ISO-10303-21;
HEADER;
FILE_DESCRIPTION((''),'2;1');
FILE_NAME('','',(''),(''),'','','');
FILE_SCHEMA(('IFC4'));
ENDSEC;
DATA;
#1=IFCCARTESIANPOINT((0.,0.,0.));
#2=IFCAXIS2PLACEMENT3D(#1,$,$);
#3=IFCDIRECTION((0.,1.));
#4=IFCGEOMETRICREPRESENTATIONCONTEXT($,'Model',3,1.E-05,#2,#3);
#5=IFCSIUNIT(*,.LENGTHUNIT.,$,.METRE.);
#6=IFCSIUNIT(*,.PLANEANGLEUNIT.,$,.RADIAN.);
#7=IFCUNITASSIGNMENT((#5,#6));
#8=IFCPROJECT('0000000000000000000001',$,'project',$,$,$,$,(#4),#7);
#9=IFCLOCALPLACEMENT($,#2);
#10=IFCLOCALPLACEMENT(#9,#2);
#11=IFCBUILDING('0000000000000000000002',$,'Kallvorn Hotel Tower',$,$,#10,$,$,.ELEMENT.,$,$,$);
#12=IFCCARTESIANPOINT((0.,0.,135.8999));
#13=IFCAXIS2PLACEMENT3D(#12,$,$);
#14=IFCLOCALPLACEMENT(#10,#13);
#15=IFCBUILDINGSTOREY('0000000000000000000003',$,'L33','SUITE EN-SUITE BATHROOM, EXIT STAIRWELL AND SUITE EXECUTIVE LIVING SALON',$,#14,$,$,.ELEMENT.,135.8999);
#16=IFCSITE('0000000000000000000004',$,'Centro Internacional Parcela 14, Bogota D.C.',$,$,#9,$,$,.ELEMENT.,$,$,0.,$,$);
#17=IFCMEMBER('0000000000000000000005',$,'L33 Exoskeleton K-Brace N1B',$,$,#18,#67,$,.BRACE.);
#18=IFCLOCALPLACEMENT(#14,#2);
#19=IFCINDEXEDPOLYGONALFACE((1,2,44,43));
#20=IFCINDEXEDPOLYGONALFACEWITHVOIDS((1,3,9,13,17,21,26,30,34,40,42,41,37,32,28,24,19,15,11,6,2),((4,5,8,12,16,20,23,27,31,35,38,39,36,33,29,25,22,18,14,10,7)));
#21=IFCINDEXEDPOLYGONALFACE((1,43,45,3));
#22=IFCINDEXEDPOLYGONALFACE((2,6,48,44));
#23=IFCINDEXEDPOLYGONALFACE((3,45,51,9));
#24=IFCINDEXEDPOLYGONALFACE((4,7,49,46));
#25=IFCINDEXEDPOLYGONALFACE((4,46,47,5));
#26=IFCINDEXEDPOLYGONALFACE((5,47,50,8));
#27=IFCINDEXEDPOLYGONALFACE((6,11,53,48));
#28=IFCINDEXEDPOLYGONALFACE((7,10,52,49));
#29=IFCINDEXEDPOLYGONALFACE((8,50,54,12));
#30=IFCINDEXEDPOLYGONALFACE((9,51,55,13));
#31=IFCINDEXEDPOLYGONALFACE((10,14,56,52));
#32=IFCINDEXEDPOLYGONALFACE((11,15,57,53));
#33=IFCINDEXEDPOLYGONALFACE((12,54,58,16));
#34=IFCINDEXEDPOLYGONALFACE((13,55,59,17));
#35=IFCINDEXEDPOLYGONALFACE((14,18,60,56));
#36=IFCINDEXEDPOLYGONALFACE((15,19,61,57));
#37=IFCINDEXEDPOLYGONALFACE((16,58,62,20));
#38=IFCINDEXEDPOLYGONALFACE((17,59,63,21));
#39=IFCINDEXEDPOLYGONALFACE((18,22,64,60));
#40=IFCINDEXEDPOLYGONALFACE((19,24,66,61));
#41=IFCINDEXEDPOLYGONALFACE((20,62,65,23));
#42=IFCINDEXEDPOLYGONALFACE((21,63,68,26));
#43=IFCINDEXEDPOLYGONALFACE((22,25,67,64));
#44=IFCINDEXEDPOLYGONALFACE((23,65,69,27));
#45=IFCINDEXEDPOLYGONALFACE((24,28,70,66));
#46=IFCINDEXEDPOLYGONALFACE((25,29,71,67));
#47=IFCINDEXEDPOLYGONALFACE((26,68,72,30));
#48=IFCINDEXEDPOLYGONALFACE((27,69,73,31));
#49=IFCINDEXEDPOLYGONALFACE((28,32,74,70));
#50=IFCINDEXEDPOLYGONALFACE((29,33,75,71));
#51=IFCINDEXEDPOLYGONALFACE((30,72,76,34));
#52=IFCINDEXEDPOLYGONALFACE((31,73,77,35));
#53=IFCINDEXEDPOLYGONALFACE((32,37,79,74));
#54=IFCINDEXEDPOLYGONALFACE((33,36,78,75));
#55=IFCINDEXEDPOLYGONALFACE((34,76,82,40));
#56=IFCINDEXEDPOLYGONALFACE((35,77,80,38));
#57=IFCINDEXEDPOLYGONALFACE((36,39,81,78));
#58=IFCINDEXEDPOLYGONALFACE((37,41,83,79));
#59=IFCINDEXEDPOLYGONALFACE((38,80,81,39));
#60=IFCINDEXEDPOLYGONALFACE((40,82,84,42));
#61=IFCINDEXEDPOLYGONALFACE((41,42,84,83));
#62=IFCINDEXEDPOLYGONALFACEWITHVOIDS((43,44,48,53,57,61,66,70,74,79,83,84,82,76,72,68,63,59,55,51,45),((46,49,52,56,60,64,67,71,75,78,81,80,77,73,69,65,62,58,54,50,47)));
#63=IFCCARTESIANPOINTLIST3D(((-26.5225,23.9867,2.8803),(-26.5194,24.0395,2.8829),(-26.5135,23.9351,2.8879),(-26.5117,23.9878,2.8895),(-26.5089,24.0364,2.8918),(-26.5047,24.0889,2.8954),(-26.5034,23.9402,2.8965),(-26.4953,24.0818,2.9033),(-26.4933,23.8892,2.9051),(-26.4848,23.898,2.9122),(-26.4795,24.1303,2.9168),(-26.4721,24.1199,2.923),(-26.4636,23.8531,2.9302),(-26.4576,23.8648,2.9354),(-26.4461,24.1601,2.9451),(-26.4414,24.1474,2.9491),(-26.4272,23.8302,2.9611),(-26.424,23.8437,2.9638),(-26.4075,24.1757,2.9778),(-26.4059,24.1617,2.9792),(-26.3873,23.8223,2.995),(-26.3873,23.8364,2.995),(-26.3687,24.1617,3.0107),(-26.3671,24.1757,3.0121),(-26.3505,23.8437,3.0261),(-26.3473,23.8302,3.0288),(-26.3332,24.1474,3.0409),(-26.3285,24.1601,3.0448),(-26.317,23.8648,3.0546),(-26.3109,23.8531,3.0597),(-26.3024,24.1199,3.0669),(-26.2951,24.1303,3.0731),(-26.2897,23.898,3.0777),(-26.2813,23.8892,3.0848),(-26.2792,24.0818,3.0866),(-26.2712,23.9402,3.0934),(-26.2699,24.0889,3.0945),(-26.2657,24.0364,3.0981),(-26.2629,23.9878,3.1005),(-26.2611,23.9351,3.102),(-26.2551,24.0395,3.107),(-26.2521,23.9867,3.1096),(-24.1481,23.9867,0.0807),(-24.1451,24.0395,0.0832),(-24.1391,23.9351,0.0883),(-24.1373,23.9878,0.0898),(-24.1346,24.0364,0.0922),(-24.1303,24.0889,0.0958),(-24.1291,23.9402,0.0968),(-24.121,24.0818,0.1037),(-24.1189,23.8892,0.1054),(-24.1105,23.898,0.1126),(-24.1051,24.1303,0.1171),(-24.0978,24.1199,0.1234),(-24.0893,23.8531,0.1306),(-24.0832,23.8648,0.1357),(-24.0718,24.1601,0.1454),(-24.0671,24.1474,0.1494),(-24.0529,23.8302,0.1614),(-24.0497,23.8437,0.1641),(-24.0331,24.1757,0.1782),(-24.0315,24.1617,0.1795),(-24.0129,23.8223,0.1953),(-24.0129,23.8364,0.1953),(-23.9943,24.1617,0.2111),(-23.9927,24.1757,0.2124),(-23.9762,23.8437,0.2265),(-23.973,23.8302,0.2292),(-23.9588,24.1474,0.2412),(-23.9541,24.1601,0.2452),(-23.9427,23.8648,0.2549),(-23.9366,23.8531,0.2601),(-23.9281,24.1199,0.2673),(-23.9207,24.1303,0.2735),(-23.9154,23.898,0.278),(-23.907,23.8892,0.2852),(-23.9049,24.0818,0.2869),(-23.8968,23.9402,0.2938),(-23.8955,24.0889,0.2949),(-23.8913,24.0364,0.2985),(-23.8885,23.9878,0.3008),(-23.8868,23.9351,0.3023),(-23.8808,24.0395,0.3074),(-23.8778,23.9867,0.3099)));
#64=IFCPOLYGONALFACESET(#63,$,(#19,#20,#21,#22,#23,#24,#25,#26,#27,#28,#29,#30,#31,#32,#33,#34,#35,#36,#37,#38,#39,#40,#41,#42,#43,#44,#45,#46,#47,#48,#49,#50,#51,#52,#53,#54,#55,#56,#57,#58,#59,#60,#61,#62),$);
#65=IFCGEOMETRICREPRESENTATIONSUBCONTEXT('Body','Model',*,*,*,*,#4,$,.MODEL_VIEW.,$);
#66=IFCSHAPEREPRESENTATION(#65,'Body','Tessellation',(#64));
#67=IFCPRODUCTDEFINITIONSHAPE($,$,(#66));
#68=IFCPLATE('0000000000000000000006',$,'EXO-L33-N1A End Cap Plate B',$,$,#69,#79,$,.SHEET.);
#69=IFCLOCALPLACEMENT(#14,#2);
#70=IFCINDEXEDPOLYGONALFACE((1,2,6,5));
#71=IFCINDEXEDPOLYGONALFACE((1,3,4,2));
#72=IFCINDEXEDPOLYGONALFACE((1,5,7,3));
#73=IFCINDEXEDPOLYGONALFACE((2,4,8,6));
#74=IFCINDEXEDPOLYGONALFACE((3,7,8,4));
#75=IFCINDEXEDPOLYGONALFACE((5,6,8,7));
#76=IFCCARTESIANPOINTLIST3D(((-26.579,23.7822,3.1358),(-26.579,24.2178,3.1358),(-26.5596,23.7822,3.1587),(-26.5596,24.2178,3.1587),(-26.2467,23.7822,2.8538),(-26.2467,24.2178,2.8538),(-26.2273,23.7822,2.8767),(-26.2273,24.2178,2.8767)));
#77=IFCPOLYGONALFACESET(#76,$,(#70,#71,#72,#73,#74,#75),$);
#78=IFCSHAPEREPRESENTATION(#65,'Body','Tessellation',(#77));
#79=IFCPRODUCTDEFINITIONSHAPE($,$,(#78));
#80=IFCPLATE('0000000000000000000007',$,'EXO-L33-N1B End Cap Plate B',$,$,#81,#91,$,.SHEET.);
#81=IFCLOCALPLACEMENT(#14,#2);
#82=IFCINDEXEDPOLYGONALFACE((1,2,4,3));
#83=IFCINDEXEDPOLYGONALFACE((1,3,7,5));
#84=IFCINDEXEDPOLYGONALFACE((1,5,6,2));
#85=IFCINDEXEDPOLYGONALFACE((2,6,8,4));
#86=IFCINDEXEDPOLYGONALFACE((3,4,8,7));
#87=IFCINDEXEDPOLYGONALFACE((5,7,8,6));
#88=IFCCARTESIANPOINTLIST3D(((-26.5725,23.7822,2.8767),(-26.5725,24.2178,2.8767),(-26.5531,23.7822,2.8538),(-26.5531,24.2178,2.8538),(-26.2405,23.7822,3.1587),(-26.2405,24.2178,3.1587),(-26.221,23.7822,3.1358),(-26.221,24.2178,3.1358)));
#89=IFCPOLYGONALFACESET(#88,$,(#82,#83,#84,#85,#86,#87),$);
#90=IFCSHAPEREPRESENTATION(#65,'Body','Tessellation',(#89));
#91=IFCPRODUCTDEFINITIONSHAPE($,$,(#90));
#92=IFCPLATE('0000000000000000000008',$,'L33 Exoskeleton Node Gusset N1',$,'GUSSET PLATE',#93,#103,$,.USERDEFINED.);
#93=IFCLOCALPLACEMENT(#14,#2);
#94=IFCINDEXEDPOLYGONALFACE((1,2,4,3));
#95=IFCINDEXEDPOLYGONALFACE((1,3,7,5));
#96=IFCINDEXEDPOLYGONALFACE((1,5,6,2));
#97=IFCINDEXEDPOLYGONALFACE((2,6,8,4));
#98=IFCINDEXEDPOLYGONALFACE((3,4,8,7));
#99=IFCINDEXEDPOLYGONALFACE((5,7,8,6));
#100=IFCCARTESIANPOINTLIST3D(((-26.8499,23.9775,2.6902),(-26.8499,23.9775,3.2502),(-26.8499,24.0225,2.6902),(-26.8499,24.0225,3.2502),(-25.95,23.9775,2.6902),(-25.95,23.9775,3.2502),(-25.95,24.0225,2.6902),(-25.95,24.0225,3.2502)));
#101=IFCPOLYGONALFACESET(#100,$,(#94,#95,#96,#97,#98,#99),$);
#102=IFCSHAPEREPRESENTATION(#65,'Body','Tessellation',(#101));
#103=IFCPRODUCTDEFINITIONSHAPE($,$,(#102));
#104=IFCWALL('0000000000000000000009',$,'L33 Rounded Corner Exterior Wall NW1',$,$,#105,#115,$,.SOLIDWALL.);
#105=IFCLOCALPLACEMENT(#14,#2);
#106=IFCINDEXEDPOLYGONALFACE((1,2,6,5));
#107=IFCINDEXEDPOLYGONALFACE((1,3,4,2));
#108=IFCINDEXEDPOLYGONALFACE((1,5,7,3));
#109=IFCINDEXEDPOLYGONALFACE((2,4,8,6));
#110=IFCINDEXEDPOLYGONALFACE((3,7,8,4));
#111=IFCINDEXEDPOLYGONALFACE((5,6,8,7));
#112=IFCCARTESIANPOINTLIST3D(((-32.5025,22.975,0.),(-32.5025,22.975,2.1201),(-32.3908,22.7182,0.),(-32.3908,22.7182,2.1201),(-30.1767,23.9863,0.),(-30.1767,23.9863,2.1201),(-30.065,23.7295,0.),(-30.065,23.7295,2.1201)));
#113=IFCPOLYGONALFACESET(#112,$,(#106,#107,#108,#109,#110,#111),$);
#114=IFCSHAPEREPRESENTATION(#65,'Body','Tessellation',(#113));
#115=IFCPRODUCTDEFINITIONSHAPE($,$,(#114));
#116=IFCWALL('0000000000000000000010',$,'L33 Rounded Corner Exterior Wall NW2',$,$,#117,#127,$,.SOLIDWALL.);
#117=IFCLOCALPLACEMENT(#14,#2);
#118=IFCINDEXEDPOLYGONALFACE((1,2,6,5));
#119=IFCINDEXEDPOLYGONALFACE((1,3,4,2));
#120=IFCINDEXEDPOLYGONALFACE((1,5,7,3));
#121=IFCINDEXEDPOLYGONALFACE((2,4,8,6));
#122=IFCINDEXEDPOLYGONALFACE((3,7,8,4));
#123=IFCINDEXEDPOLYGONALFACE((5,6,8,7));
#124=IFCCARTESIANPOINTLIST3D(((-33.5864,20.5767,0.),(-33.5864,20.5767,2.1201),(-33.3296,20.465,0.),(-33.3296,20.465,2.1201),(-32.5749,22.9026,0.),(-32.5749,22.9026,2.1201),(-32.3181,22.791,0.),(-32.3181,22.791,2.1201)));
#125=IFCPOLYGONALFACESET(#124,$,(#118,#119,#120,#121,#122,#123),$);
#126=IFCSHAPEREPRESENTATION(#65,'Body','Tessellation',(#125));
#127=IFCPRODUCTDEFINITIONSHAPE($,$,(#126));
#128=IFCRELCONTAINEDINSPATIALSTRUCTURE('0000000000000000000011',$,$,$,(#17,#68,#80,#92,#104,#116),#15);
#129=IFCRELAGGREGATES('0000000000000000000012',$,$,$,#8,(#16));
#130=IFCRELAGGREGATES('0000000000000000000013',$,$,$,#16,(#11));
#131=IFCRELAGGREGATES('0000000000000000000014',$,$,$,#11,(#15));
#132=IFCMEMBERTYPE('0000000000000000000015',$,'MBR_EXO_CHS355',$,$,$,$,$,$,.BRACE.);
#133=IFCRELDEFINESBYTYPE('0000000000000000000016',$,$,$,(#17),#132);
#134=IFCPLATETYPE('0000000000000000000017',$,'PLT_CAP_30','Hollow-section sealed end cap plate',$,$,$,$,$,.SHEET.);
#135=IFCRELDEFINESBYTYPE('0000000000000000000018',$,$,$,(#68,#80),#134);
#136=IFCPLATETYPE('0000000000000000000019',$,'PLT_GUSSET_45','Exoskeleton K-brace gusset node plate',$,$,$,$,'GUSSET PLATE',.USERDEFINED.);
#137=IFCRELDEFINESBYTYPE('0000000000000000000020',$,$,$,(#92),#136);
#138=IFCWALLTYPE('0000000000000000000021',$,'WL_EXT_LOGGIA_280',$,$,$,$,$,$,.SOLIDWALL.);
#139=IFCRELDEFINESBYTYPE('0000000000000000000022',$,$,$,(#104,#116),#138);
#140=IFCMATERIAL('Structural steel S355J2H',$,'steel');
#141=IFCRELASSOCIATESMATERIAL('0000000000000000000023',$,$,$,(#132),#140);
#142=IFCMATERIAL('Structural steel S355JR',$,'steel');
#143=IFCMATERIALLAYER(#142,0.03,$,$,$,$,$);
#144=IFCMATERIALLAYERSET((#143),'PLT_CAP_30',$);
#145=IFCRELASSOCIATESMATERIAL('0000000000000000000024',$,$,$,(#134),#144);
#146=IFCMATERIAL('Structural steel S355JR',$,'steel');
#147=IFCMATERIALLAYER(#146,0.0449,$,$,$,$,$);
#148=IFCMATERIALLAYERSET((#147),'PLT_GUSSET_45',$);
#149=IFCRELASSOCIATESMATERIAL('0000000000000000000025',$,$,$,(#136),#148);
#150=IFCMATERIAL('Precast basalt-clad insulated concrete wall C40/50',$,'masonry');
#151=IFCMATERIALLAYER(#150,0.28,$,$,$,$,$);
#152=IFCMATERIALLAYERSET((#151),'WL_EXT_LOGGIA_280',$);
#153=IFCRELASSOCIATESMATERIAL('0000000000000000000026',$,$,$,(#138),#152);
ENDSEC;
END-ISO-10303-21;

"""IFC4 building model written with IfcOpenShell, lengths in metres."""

from ifc_helpers import new_model, si_unit, direction, frame, frame_2d, origin, origin_2d, place, context, subcontext, project, spatial, polyline, rectangle, hollow_circle, outline, extrude, material, layer, layer_set, material_profile, profile_set, type_object, element, save


model = new_model("IFC4")

# Units and contexts
model_context = context("Model", 3, precision=1e-05, world=origin(), true_north=direction((0.0, 1.0)))
body_context = subcontext(model_context, "Body", "Model", "MODEL_VIEW")
ifc_project = project(units=[si_unit("LENGTHUNIT", "METRE"), si_unit("PLANEANGLEUNIT", "RADIAN")], contexts=[model_context])

# Site, building, storey
site_placement = place(None, origin())
site = spatial("IfcSite", under=ifc_project, at=site_placement, Name="Centro Internacional Parcela 14, Bogota D.C.", CompositionType="ELEMENT", RefElevation=0.0)
building_placement = place(site_placement, origin())
building = spatial("IfcBuilding", under=site, at=building_placement, Name="Kallvorn Hotel Tower", CompositionType="ELEMENT")
storey_placement = place(building_placement, frame((0.0, 0.0, 135.8999)))
storey = spatial("IfcBuildingStorey", under=building, at=storey_placement, Name="L33", Description="SUITE EN-SUITE BATHROOM, EXIT STAIRWELL AND SUITE EXECUTIVE LIVING SALON", CompositionType="ELEMENT", Elevation=135.8999)

# Member
ifc_material_1 = material(Name="Structural steel S355J2H", Category="steel")
ifc_material_profile_1 = material_profile(ifc_material_1, hollow_circle(Radius=0.1777, WallThickness=0.0142, at=origin_2d()), Name="CHS 355.6x14.2")
ifc_profile_set_1 = profile_set([ifc_material_profile_1], Name="Structural steel S355J2H")
member_type_1 = type_object("IfcMemberType", Name="MBR_EXO_CHS355", PredefinedType="BRACE", material=ifc_profile_set_1)
for number, where, z_axis, x_axis, name in (
    (1, (-24.0129, 24.0, 0.1953), (-0.6468, 0.0, 0.762659), (0.0, -1.0, 0.0), "L33 Exoskeleton K-Brace N1B"),
):
    element("IfcMember", number, at=place(storey_placement, frame(where, z_axis=z_axis, x_axis=x_axis)), inside=storey, type_object=member_type_1, Name=name, PredefinedType="BRACE", context=body_context, shape_type="SweptSolid", body=[
        extrude(hollow_circle(Radius=0.1777, WallThickness=0.0142, at=origin_2d()), origin(), (0.0, 0.0, 1.0), 3.6709),
    ])

# Plates
ifc_material_2 = material(Name="Structural steel S355JR", Category="steel")
ifc_layer_1 = layer(ifc_material_2, 0.03)
ifc_layer_set_1 = layer_set([ifc_layer_1], Name="PLT_CAP_30")
plate_type_1 = type_object("IfcPlateType", Name="PLT_CAP_30", Description="Hollow-section sealed end cap plate", PredefinedType="SHEET", material=ifc_layer_set_1)
plate_1_placement = place(storey_placement, frame((-26.2273, 23.7822, 2.8767), z_axis=(0.647047, 0.0, 0.762451), x_axis=(0.0, 1.0, 0.0)))
element("IfcPlate", 2, at=plate_1_placement, inside=storey, type_object=plate_type_1, Name="EXO-L33-N1A End Cap Plate B", PredefinedType="SHEET", context=body_context, shape_type="SweptSolid", body=[
    extrude(outline(polyline([(0.0, 0.0), (0.4355, 0.0), (0.4355, 0.4358), (0.0, 0.4358), (0.0, 0.0)])), origin(), (0.0, 0.0, -1.0), 0.03),
])
plate_2_placement = place(storey_placement, frame((-26.5725, 24.2178, 2.8767), z_axis=(-0.647323, 0.0, 0.762216), x_axis=(0.0, -1.0, 0.0)))
element("IfcPlate", 3, at=plate_2_placement, inside=storey, type_object=plate_type_1, Name="EXO-L33-N1B End Cap Plate B", PredefinedType="SHEET", context=body_context, shape_type="SweptSolid", body=[
    extrude(outline(polyline([(0.0, 0.0), (0.4355, 0.0), (0.4355, 0.4356), (0.0, 0.4356), (0.0, 0.0)])), origin(), (0.0, 0.0, -1.0), 0.03),
])
ifc_material_3 = material(Name="Structural steel S355JR", Category="steel")
ifc_layer_2 = layer(ifc_material_3, 0.0449)
ifc_layer_set_2 = layer_set([ifc_layer_2], Name="PLT_GUSSET_45")
plate_type_2 = type_object("IfcPlateType", Name="PLT_GUSSET_45", Description="Exoskeleton K-brace gusset node plate", ElementType="GUSSET PLATE", PredefinedType="USERDEFINED", material=ifc_layer_set_2)
plate_3_placement = place(storey_placement, frame((-26.3999, 24.0, 2.6902), z_axis=(0.0, 0.0, 1.0), x_axis=(1.0, 0.0, 0.0)))
element("IfcPlate", 4, at=plate_3_placement, inside=storey, type_object=plate_type_2, Name="L33 Exoskeleton Node Gusset N1", ObjectType="GUSSET PLATE", PredefinedType="USERDEFINED", context=body_context, shape_type="SweptSolid", body=[
    extrude(rectangle(XDim=0.8999, YDim=0.0449, at=origin_2d()), origin(), (0.0, 0.0, 1.0), 0.5601),
])

# Walls
ifc_material_4 = material(Name="Precast basalt-clad insulated concrete wall C40/50", Category="masonry")
ifc_layer_3 = layer(ifc_material_4, 0.28)
ifc_layer_set_3 = layer_set([ifc_layer_3], Name="WL_EXT_LOGGIA_280")
wall_type = type_object("IfcWallType", Name="WL_EXT_LOGGIA_280", PredefinedType="SOLIDWALL", material=ifc_layer_set_3)
wall_1_placement = place(storey_placement, frame((-30.1208, 23.8579, 0.0), z_axis=(0.0, 0.0, 1.0), x_axis=(-0.917061, -0.398747, 0.0)))
element("IfcWall", 5, at=wall_1_placement, inside=storey, type_object=wall_type, Name="L33 Rounded Corner Exterior Wall NW1", PredefinedType="SOLIDWALL", context=body_context, shape_type="SweptSolid", body=[
    extrude(rectangle(XDim=2.5361, YDim=0.28, at=frame_2d((1.2681, 0.0))), origin(), (0.0, 0.0, 1.0), 2.1201),
])
wall_2_placement = place(storey_placement, frame((-32.4465, 22.8467, 0.0), z_axis=(0.0, 0.0, 1.0), x_axis=(-0.398793, -0.917041, 0.0)))
element("IfcWall", 6, at=wall_2_placement, inside=storey, type_object=wall_type, Name="L33 Rounded Corner Exterior Wall NW2", PredefinedType="SOLIDWALL", context=body_context, shape_type="SweptSolid", body=[
    extrude(rectangle(XDim=2.5364, YDim=0.28, at=frame_2d((1.2681, 0.0))), origin(), (0.0, 0.0, 1.0), 2.1201),
])

save(model, "model.ifc")
